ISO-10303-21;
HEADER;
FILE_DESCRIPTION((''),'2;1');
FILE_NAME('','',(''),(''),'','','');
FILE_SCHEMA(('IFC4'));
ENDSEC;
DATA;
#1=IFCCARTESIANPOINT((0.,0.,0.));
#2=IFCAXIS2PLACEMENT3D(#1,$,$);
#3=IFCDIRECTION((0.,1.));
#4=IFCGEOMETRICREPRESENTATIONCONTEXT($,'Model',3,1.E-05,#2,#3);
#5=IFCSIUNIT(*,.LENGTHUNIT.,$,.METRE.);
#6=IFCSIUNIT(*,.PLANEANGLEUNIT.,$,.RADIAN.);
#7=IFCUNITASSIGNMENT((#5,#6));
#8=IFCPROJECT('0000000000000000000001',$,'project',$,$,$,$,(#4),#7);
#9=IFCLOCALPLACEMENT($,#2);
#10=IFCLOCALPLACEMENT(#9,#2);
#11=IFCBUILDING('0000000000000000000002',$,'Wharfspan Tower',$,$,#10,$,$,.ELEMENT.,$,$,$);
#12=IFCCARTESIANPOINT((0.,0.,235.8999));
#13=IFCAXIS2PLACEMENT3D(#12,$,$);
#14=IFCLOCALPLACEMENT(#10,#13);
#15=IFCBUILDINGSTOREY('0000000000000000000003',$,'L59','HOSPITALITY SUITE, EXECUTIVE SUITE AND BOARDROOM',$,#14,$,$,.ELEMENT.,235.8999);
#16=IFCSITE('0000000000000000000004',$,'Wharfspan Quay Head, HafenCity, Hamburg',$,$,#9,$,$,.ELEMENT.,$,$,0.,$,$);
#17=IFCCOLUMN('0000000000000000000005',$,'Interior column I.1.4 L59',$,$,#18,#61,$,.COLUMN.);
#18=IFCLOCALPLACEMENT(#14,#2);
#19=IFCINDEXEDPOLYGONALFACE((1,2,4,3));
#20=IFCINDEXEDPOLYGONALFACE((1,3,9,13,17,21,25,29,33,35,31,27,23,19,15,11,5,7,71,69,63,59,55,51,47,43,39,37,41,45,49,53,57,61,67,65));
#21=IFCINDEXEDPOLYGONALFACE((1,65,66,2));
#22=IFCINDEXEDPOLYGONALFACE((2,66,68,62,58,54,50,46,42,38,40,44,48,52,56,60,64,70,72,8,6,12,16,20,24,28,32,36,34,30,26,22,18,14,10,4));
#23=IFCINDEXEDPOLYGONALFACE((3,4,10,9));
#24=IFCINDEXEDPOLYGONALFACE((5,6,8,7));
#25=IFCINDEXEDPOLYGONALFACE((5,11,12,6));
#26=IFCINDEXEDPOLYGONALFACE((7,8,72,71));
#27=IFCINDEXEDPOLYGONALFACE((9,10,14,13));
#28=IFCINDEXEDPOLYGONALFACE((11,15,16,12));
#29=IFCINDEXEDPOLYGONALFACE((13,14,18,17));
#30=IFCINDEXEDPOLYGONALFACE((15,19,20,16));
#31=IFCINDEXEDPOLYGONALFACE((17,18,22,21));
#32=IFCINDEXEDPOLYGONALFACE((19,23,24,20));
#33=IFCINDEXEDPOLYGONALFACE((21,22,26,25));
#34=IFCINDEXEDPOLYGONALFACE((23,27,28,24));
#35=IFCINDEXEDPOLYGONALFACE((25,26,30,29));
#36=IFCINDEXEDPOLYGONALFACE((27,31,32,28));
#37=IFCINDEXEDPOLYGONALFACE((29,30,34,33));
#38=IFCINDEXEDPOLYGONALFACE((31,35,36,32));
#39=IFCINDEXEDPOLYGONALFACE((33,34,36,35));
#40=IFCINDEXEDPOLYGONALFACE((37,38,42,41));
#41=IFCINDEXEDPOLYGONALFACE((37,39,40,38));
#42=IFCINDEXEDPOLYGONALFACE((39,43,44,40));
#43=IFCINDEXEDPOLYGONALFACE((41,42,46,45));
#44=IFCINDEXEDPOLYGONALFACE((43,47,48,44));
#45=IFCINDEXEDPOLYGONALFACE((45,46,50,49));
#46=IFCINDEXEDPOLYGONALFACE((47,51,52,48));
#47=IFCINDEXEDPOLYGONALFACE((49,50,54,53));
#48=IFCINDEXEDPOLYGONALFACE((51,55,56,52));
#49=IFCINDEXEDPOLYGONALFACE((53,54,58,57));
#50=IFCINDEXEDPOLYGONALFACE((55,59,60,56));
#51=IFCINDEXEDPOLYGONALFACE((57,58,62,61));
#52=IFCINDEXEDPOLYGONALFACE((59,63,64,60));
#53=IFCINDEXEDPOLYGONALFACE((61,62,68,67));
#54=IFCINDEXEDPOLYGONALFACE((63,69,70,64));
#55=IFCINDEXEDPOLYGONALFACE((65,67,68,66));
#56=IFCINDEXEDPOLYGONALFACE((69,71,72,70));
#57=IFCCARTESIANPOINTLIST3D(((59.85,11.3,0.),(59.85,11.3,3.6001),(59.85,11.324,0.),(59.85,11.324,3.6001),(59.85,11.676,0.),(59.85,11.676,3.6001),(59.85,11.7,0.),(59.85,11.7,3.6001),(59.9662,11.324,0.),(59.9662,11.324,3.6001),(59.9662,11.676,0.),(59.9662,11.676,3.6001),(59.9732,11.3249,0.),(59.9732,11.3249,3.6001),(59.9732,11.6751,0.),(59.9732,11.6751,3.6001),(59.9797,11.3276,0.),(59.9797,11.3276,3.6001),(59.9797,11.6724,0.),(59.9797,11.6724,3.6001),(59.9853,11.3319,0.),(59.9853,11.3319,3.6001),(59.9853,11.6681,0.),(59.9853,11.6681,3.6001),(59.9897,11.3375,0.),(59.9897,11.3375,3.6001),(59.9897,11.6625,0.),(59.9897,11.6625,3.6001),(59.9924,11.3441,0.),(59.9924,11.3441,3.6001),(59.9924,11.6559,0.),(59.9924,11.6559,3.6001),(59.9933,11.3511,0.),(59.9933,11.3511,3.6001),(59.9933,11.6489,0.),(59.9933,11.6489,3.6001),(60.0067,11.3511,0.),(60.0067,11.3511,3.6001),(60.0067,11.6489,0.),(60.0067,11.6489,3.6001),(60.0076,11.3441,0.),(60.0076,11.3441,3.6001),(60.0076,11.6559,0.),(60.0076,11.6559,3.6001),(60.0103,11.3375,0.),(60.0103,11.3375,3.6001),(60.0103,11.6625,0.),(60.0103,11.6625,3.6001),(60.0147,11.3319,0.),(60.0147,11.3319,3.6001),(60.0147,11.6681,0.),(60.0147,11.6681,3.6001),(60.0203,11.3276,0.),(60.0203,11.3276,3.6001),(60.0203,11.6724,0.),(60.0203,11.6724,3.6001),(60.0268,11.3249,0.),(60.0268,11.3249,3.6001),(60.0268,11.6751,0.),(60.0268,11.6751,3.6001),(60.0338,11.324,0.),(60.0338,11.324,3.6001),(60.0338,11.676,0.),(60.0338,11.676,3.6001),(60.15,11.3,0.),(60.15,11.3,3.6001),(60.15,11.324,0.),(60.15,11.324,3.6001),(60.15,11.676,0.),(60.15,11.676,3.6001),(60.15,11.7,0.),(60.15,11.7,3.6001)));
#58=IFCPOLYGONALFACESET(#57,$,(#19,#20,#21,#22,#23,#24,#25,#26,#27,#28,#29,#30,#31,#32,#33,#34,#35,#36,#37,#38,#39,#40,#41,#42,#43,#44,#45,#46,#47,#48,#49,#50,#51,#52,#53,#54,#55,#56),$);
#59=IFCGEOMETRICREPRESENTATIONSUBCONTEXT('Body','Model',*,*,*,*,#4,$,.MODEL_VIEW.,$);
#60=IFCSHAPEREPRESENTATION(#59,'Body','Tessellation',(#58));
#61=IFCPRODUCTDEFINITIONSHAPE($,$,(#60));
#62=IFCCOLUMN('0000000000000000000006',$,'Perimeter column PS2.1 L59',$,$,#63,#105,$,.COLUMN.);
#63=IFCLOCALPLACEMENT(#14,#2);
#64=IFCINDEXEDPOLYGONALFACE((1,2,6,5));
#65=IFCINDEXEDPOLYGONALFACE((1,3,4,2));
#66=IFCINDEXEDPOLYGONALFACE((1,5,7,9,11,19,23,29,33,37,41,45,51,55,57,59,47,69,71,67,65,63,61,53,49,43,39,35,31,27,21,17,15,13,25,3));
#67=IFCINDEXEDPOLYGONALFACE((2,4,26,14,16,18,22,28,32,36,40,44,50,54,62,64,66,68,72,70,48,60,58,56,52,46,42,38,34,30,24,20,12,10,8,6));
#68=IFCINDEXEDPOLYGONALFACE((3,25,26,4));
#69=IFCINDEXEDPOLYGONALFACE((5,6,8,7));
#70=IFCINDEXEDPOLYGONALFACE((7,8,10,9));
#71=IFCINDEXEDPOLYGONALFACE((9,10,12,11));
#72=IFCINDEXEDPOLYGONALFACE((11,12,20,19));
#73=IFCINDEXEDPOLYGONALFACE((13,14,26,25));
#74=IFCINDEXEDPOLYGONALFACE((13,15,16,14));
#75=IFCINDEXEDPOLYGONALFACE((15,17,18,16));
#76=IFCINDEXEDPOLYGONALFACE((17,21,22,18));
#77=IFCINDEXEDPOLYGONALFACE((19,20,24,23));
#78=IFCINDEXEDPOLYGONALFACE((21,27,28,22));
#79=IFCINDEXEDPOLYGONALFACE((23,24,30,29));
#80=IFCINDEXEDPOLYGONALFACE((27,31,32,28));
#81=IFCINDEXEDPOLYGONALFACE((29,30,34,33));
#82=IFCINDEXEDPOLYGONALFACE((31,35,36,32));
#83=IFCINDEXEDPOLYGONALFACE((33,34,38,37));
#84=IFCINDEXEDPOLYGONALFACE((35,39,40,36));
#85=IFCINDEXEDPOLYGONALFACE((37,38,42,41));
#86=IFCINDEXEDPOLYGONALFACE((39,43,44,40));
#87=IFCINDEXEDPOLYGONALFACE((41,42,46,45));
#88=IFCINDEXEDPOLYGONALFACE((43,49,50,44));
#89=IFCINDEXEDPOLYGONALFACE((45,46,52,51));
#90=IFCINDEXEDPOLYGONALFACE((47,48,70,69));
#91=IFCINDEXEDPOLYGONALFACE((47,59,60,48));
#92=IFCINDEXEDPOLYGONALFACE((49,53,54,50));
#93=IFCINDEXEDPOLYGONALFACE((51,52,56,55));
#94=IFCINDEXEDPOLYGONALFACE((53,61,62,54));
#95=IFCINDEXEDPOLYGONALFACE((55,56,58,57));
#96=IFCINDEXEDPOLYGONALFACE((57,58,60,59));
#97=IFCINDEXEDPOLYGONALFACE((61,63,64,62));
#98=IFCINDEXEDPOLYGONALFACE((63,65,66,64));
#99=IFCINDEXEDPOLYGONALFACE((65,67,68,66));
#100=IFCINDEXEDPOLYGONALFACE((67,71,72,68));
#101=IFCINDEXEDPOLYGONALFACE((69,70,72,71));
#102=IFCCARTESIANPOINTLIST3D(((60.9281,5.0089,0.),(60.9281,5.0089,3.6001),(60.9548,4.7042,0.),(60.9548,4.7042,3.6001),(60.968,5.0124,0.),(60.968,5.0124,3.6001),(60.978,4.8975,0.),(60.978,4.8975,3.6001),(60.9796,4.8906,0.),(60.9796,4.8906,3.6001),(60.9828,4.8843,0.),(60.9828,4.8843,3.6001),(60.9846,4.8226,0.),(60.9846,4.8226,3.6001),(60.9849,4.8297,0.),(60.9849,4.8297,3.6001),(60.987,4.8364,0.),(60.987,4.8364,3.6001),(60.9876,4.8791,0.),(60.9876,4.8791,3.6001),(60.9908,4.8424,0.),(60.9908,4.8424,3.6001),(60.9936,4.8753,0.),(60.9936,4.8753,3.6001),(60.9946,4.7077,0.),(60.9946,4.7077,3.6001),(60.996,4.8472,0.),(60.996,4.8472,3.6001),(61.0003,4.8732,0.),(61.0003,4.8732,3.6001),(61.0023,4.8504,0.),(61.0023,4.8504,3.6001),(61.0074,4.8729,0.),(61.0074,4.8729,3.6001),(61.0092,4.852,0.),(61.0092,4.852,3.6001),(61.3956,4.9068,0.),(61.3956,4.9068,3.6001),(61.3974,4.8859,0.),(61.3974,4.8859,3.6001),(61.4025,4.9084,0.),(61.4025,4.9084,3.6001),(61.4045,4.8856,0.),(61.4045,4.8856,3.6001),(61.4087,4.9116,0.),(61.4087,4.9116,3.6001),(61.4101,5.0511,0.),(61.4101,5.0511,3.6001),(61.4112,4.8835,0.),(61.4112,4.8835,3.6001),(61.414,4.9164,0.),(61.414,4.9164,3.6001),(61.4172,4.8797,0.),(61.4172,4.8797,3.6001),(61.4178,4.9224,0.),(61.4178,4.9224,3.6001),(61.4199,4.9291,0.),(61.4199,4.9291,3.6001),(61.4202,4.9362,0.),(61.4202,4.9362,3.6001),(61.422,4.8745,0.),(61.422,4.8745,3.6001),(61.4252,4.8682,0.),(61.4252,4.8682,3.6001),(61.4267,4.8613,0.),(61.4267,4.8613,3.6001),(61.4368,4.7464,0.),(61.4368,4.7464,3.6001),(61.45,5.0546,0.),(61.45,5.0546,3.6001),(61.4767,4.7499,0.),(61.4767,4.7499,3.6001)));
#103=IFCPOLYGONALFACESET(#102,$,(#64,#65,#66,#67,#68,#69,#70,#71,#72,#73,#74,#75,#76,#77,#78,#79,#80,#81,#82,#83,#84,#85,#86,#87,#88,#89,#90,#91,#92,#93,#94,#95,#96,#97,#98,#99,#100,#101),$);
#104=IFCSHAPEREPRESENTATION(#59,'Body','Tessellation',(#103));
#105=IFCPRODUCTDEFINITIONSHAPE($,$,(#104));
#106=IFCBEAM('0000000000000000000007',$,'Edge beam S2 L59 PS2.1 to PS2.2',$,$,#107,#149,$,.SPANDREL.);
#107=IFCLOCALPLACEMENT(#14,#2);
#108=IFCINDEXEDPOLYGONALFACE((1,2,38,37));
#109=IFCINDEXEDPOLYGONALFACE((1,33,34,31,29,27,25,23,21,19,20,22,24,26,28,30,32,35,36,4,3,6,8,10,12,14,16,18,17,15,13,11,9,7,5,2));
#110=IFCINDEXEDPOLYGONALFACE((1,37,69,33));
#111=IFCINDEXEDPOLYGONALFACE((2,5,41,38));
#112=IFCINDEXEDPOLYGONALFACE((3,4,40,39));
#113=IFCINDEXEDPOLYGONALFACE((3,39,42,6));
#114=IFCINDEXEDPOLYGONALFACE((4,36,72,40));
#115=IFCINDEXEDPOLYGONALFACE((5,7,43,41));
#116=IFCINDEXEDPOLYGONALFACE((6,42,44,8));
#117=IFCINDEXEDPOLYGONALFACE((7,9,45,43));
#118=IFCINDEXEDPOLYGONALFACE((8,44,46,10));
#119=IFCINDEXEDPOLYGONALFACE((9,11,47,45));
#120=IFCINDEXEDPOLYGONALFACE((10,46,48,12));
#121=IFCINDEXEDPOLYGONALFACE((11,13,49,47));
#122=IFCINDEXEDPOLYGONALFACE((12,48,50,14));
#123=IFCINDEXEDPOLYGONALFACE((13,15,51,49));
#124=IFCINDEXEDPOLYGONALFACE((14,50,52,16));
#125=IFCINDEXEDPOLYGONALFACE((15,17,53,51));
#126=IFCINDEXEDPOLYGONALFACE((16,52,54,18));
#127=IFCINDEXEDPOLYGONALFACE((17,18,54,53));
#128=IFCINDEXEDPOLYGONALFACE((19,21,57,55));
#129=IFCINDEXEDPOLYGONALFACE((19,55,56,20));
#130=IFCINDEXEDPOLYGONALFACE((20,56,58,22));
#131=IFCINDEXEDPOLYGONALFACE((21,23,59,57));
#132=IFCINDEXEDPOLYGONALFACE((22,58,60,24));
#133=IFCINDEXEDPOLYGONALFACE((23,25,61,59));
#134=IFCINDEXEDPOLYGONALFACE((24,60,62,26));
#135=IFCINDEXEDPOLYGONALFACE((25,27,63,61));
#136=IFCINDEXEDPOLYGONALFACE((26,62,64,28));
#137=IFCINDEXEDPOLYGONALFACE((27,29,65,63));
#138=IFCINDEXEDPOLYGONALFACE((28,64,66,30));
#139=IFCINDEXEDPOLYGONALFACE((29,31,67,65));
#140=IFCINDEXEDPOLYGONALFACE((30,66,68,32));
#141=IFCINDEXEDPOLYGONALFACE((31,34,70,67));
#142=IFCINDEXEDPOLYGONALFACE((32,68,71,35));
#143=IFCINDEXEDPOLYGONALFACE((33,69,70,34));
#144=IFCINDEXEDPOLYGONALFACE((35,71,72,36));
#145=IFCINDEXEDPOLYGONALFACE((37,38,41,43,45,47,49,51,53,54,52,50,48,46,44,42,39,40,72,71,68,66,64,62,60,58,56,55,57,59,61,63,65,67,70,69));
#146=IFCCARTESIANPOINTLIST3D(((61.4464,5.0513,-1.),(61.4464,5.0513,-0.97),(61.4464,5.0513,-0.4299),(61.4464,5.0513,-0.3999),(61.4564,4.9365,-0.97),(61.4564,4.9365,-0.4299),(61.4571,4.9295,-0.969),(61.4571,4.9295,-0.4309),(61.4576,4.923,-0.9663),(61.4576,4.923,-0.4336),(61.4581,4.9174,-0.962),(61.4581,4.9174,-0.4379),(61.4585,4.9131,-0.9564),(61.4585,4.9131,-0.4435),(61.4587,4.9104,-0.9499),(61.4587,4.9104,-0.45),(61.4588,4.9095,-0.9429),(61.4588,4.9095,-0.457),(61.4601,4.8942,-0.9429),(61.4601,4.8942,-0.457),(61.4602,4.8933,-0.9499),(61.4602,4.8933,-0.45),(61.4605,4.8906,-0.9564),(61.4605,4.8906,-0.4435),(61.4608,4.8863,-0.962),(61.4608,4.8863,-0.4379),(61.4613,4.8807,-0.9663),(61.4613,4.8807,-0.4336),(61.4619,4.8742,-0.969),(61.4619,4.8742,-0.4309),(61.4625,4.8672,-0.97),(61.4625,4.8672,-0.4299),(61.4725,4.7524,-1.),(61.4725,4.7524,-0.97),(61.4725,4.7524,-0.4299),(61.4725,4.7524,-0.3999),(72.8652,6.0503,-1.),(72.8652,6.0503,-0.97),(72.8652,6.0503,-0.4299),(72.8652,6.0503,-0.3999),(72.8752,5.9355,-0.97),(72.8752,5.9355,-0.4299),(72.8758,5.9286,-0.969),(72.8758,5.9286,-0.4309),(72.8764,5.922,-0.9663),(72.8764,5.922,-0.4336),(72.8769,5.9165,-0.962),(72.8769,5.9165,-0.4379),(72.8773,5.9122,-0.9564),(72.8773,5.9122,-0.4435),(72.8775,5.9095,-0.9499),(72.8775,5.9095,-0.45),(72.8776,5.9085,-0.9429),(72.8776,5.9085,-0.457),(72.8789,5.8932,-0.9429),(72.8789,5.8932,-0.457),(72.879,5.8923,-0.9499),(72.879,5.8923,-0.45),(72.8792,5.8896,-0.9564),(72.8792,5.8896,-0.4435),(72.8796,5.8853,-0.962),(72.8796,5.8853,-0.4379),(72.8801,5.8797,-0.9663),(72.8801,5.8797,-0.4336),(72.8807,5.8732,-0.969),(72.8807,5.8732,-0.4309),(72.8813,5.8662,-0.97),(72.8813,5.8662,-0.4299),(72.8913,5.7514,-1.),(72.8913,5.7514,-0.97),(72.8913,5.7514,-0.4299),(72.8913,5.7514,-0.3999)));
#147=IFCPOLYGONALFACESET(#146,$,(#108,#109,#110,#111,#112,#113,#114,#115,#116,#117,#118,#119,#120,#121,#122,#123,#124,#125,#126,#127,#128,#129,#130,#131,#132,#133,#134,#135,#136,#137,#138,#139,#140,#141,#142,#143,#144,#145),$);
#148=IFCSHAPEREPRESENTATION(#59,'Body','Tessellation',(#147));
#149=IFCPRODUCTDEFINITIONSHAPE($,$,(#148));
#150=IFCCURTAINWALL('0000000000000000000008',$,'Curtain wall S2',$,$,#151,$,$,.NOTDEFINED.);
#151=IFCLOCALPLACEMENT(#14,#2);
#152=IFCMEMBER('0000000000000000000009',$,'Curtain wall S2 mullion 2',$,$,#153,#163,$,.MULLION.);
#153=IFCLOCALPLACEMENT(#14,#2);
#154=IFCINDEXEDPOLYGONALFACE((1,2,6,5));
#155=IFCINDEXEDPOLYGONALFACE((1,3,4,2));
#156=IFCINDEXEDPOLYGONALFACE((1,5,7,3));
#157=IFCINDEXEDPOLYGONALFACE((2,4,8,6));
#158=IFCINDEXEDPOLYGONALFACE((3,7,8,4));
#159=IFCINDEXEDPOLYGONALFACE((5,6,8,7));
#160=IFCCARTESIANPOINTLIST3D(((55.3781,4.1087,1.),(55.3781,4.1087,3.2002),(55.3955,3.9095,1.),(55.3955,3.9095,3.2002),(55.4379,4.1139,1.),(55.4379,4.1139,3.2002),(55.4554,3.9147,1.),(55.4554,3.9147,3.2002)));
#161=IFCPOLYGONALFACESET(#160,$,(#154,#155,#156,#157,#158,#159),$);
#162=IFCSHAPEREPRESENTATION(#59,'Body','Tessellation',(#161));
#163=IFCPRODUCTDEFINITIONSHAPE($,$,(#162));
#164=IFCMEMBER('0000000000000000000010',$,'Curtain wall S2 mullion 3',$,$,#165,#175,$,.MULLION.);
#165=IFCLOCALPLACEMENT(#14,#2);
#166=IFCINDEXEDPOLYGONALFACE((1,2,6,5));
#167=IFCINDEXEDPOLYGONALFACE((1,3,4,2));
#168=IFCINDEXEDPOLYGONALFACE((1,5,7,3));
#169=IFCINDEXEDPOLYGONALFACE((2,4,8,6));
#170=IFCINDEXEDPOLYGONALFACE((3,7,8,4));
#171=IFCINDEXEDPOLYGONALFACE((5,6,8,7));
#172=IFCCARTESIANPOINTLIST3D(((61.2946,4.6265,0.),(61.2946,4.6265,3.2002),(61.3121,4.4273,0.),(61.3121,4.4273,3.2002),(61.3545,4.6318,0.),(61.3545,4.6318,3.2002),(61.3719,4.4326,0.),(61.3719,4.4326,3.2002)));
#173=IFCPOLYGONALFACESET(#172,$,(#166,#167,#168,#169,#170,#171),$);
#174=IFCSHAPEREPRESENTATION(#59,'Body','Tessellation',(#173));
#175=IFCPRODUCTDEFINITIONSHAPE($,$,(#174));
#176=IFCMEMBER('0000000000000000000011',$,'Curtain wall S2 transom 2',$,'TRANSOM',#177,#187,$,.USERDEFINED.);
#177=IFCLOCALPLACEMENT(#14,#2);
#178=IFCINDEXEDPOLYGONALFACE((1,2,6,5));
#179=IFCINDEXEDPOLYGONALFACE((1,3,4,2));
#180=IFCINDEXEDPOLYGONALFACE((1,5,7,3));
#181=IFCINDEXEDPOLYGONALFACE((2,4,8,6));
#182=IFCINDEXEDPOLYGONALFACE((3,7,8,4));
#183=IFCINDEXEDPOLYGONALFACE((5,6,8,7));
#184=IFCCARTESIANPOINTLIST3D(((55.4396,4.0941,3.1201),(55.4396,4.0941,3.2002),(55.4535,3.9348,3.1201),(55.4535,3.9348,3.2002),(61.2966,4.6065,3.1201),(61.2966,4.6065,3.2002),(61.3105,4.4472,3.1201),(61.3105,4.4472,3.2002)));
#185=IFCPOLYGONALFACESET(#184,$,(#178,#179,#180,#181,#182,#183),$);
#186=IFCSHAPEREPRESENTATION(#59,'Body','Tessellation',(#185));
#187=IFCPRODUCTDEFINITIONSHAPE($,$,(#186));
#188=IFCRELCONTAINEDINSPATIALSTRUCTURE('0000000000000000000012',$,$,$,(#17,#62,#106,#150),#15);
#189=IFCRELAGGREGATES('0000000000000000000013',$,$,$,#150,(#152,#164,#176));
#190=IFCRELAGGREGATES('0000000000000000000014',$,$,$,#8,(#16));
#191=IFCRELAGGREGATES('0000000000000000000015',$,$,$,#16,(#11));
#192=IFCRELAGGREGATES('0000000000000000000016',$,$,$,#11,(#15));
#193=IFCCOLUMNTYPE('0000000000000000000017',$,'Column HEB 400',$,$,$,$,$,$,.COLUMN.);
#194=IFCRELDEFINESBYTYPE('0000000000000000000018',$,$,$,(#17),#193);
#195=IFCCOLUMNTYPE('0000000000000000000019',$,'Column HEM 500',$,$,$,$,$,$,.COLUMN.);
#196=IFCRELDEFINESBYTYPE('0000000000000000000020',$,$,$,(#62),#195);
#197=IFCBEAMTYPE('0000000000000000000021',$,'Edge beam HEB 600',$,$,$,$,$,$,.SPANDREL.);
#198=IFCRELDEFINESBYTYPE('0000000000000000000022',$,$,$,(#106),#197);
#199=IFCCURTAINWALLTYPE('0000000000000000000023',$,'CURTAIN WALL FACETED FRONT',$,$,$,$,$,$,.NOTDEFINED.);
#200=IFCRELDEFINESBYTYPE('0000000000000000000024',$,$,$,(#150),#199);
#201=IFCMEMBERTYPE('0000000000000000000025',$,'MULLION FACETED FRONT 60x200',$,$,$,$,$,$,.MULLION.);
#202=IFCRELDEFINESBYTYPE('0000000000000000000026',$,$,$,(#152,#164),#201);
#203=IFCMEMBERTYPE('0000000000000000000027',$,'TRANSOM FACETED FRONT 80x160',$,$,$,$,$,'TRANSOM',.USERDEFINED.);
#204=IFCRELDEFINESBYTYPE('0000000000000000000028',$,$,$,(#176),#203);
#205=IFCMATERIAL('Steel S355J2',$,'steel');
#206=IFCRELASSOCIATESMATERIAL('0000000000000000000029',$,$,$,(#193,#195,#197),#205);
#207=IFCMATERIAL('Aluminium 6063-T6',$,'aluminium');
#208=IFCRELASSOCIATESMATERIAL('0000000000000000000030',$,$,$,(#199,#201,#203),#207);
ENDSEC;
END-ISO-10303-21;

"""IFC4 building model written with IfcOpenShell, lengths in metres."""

from ifc_helpers import new_model, si_unit, direction, frame, origin, origin_2d, place, context, subcontext, project, spatial, rectangle, i_section, extrude, material, material_profile, profile_set, type_object, element, aggregate, save


model = new_model("IFC4")

# Units and contexts
model_context = context("Model", 3, precision=1e-05, world=origin(), true_north=direction((0.0, 1.0)))
body_context = subcontext(model_context, "Body", "Model", "MODEL_VIEW")
ifc_project = project(units=[si_unit("LENGTHUNIT", "METRE"), si_unit("PLANEANGLEUNIT", "RADIAN")], contexts=[model_context])

# Site, building, storey
site_placement = place(None, origin())
site = spatial("IfcSite", under=ifc_project, at=site_placement, Name="Wharfspan Quay Head, HafenCity, Hamburg", CompositionType="ELEMENT", RefElevation=0.0)
building_placement = place(site_placement, origin())
building = spatial("IfcBuilding", under=site, at=building_placement, Name="Wharfspan Tower", CompositionType="ELEMENT")
storey_placement = place(building_placement, frame((0.0, 0.0, 235.8999)))
storey = spatial("IfcBuildingStorey", under=building, at=storey_placement, Name="L59", Description="HOSPITALITY SUITE, EXECUTIVE SUITE AND BOARDROOM", CompositionType="ELEMENT", Elevation=235.8999)

# Columns
ifc_material_1 = material(Name="Steel S355J2", Category="steel")
ifc_material_profile_1 = material_profile(ifc_material_1, i_section(OverallWidth=0.3, OverallDepth=0.3999, WebThickness=0.0134, FlangeThickness=0.0239, FilletRadius=0.0271, at=origin_2d()))
ifc_profile_set_1 = profile_set([ifc_material_profile_1], Name="Steel S355J2")
column_type_1 = type_object("IfcColumnType", Name="Column HEB 400", PredefinedType="COLUMN", material=ifc_profile_set_1)
column_1_placement = place(storey_placement, frame((60.0, 11.5, 0.0), z_axis=(0.0, 0.0, 1.0), x_axis=(1.0, 0.0, 0.0)))
element("IfcColumn", 1, at=column_1_placement, inside=storey, type_object=column_type_1, Name="Interior column I.1.4 L59", PredefinedType="COLUMN", context=body_context, shape_type="SweptSolid", body=[
    extrude(i_section(OverallWidth=0.3, OverallDepth=0.3999, WebThickness=0.0134, FlangeThickness=0.0239, FilletRadius=0.0271, at=origin_2d()), origin(), (0.0, 0.0, 1.0), 3.6001),
])
ifc_material_profile_2 = material_profile(ifc_material_1, i_section(OverallWidth=0.3059, OverallDepth=0.5239, WebThickness=0.021, FlangeThickness=0.04, FilletRadius=0.0271, at=origin_2d()))
ifc_profile_set_2 = profile_set([ifc_material_profile_2], Name="Steel S355J2")
column_type_2 = type_object("IfcColumnType", Name="Column HEM 500", PredefinedType="COLUMN", material=ifc_profile_set_2)
column_2_placement = place(storey_placement, frame((61.2024, 4.8794, 0.0), z_axis=(0.0, 0.0, 1.0), x_axis=(0.087156, -0.996197, 0.0)))
element("IfcColumn", 2, at=column_2_placement, inside=storey, type_object=column_type_2, Name="Perimeter column PS2.1 L59", PredefinedType="COLUMN", context=body_context, shape_type="SweptSolid", body=[
    extrude(i_section(OverallWidth=0.3059, OverallDepth=0.5239, WebThickness=0.021, FlangeThickness=0.04, FilletRadius=0.0271, at=origin_2d()), origin(), (0.0, 0.0, 1.0), 3.6001),
])

# Beam
ifc_material_profile_3 = material_profile(ifc_material_1, i_section(OverallWidth=0.3, OverallDepth=0.6001, WebThickness=0.0154, FlangeThickness=0.03, FilletRadius=0.0271, at=origin_2d()))
ifc_profile_set_3 = profile_set([ifc_material_profile_3], Name="Steel S355J2")
beam_type = type_object("IfcBeamType", Name="Edge beam HEB 600", PredefinedType="SPANDREL", material=ifc_profile_set_3)
beam_placement = place(storey_placement, frame((61.4595, 4.9019, -0.7), z_axis=(0.996195, 0.087157, 0.0), x_axis=(-0.087157, 0.996195, 0.0)))
element("IfcBeam", 3, at=beam_placement, inside=storey, type_object=beam_type, Name="Edge beam S2 L59 PS2.1 to PS2.2", PredefinedType="SPANDREL", context=body_context, shape_type="SweptSolid", body=[
    extrude(i_section(OverallWidth=0.3, OverallDepth=0.6001, WebThickness=0.0154, FlangeThickness=0.03, FilletRadius=0.0271, at=origin_2d()), origin(), (0.0, 0.0, 1.0), 11.4624),
])

# Curtain wall, members
ifc_material_2 = material(Name="Aluminium 6063-T6", Category="aluminium")
curtain_wall_type = type_object("IfcCurtainWallType", Name="CURTAIN WALL FACETED FRONT", PredefinedType="NOTDEFINED", material=ifc_material_2)
curtain_wall_placement = place(storey_placement, origin())
curtain_wall = element("IfcCurtainWall", 4, at=curtain_wall_placement, inside=storey, type_object=curtain_wall_type, Name="Curtain wall S2", PredefinedType="NOTDEFINED")
ifc_material_profile_4 = material_profile(ifc_material_2, rectangle(XDim=0.2, YDim=0.0601, at=origin_2d()))
ifc_profile_set_4 = profile_set([ifc_material_profile_4], Name="Aluminium 6063-T6")
member_type_1 = type_object("IfcMemberType", Name="MULLION FACETED FRONT 60x200", PredefinedType="MULLION", material=ifc_profile_set_4)
member_1_placement = place(storey_placement, frame((55.4167, 4.0117, 1.0), z_axis=(0.0, 0.0, 1.0), x_axis=(-0.087156, 0.996197, 0.0)))
member_1 = element("IfcMember", 5, at=member_1_placement, type_object=member_type_1, Name="Curtain wall S2 mullion 2", PredefinedType="MULLION", context=body_context, shape_type="SweptSolid", body=[
    extrude(rectangle(XDim=0.2, YDim=0.0601, at=origin_2d()), origin(), (0.0, 0.0, 1.0), 2.2002),
])
member_2_placement = place(storey_placement, frame((61.3333, 4.5295, 0.0), z_axis=(0.0, 0.0, 1.0), x_axis=(-0.087156, 0.996197, 0.0)))
member_2 = element("IfcMember", 6, at=member_2_placement, type_object=member_type_1, Name="Curtain wall S2 mullion 3", PredefinedType="MULLION", context=body_context, shape_type="SweptSolid", body=[
    extrude(rectangle(XDim=0.2, YDim=0.0601, at=origin_2d()), origin(), (0.0, 0.0, 1.0), 3.2002),
])
ifc_material_profile_5 = material_profile(ifc_material_2, rectangle(XDim=0.1599, YDim=0.0801, at=origin_2d()))
ifc_profile_set_5 = profile_set([ifc_material_profile_5], Name="Aluminium 6063-T6")
member_type_2 = type_object("IfcMemberType", Name="TRANSOM FACETED FRONT 80x160", ElementType="TRANSOM", PredefinedType="USERDEFINED", material=ifc_profile_set_5)
member_3_placement = place(storey_placement, frame((55.4465, 4.0144, 3.1602), z_axis=(0.996194, 0.087162, 0.0), x_axis=(-0.087162, 0.996194, 0.0)))
member_3 = element("IfcMember", 7, at=member_3_placement, type_object=member_type_2, Name="Curtain wall S2 transom 2", ObjectType="TRANSOM", PredefinedType="USERDEFINED", context=body_context, shape_type="SweptSolid", body=[
    extrude(rectangle(XDim=0.1599, YDim=0.0801, at=origin_2d()), origin(), (0.0, 0.0, 1.0), 5.8794),
])
aggregate(curtain_wall, [member_1, member_2, member_3])

save(model, "model.ifc")
